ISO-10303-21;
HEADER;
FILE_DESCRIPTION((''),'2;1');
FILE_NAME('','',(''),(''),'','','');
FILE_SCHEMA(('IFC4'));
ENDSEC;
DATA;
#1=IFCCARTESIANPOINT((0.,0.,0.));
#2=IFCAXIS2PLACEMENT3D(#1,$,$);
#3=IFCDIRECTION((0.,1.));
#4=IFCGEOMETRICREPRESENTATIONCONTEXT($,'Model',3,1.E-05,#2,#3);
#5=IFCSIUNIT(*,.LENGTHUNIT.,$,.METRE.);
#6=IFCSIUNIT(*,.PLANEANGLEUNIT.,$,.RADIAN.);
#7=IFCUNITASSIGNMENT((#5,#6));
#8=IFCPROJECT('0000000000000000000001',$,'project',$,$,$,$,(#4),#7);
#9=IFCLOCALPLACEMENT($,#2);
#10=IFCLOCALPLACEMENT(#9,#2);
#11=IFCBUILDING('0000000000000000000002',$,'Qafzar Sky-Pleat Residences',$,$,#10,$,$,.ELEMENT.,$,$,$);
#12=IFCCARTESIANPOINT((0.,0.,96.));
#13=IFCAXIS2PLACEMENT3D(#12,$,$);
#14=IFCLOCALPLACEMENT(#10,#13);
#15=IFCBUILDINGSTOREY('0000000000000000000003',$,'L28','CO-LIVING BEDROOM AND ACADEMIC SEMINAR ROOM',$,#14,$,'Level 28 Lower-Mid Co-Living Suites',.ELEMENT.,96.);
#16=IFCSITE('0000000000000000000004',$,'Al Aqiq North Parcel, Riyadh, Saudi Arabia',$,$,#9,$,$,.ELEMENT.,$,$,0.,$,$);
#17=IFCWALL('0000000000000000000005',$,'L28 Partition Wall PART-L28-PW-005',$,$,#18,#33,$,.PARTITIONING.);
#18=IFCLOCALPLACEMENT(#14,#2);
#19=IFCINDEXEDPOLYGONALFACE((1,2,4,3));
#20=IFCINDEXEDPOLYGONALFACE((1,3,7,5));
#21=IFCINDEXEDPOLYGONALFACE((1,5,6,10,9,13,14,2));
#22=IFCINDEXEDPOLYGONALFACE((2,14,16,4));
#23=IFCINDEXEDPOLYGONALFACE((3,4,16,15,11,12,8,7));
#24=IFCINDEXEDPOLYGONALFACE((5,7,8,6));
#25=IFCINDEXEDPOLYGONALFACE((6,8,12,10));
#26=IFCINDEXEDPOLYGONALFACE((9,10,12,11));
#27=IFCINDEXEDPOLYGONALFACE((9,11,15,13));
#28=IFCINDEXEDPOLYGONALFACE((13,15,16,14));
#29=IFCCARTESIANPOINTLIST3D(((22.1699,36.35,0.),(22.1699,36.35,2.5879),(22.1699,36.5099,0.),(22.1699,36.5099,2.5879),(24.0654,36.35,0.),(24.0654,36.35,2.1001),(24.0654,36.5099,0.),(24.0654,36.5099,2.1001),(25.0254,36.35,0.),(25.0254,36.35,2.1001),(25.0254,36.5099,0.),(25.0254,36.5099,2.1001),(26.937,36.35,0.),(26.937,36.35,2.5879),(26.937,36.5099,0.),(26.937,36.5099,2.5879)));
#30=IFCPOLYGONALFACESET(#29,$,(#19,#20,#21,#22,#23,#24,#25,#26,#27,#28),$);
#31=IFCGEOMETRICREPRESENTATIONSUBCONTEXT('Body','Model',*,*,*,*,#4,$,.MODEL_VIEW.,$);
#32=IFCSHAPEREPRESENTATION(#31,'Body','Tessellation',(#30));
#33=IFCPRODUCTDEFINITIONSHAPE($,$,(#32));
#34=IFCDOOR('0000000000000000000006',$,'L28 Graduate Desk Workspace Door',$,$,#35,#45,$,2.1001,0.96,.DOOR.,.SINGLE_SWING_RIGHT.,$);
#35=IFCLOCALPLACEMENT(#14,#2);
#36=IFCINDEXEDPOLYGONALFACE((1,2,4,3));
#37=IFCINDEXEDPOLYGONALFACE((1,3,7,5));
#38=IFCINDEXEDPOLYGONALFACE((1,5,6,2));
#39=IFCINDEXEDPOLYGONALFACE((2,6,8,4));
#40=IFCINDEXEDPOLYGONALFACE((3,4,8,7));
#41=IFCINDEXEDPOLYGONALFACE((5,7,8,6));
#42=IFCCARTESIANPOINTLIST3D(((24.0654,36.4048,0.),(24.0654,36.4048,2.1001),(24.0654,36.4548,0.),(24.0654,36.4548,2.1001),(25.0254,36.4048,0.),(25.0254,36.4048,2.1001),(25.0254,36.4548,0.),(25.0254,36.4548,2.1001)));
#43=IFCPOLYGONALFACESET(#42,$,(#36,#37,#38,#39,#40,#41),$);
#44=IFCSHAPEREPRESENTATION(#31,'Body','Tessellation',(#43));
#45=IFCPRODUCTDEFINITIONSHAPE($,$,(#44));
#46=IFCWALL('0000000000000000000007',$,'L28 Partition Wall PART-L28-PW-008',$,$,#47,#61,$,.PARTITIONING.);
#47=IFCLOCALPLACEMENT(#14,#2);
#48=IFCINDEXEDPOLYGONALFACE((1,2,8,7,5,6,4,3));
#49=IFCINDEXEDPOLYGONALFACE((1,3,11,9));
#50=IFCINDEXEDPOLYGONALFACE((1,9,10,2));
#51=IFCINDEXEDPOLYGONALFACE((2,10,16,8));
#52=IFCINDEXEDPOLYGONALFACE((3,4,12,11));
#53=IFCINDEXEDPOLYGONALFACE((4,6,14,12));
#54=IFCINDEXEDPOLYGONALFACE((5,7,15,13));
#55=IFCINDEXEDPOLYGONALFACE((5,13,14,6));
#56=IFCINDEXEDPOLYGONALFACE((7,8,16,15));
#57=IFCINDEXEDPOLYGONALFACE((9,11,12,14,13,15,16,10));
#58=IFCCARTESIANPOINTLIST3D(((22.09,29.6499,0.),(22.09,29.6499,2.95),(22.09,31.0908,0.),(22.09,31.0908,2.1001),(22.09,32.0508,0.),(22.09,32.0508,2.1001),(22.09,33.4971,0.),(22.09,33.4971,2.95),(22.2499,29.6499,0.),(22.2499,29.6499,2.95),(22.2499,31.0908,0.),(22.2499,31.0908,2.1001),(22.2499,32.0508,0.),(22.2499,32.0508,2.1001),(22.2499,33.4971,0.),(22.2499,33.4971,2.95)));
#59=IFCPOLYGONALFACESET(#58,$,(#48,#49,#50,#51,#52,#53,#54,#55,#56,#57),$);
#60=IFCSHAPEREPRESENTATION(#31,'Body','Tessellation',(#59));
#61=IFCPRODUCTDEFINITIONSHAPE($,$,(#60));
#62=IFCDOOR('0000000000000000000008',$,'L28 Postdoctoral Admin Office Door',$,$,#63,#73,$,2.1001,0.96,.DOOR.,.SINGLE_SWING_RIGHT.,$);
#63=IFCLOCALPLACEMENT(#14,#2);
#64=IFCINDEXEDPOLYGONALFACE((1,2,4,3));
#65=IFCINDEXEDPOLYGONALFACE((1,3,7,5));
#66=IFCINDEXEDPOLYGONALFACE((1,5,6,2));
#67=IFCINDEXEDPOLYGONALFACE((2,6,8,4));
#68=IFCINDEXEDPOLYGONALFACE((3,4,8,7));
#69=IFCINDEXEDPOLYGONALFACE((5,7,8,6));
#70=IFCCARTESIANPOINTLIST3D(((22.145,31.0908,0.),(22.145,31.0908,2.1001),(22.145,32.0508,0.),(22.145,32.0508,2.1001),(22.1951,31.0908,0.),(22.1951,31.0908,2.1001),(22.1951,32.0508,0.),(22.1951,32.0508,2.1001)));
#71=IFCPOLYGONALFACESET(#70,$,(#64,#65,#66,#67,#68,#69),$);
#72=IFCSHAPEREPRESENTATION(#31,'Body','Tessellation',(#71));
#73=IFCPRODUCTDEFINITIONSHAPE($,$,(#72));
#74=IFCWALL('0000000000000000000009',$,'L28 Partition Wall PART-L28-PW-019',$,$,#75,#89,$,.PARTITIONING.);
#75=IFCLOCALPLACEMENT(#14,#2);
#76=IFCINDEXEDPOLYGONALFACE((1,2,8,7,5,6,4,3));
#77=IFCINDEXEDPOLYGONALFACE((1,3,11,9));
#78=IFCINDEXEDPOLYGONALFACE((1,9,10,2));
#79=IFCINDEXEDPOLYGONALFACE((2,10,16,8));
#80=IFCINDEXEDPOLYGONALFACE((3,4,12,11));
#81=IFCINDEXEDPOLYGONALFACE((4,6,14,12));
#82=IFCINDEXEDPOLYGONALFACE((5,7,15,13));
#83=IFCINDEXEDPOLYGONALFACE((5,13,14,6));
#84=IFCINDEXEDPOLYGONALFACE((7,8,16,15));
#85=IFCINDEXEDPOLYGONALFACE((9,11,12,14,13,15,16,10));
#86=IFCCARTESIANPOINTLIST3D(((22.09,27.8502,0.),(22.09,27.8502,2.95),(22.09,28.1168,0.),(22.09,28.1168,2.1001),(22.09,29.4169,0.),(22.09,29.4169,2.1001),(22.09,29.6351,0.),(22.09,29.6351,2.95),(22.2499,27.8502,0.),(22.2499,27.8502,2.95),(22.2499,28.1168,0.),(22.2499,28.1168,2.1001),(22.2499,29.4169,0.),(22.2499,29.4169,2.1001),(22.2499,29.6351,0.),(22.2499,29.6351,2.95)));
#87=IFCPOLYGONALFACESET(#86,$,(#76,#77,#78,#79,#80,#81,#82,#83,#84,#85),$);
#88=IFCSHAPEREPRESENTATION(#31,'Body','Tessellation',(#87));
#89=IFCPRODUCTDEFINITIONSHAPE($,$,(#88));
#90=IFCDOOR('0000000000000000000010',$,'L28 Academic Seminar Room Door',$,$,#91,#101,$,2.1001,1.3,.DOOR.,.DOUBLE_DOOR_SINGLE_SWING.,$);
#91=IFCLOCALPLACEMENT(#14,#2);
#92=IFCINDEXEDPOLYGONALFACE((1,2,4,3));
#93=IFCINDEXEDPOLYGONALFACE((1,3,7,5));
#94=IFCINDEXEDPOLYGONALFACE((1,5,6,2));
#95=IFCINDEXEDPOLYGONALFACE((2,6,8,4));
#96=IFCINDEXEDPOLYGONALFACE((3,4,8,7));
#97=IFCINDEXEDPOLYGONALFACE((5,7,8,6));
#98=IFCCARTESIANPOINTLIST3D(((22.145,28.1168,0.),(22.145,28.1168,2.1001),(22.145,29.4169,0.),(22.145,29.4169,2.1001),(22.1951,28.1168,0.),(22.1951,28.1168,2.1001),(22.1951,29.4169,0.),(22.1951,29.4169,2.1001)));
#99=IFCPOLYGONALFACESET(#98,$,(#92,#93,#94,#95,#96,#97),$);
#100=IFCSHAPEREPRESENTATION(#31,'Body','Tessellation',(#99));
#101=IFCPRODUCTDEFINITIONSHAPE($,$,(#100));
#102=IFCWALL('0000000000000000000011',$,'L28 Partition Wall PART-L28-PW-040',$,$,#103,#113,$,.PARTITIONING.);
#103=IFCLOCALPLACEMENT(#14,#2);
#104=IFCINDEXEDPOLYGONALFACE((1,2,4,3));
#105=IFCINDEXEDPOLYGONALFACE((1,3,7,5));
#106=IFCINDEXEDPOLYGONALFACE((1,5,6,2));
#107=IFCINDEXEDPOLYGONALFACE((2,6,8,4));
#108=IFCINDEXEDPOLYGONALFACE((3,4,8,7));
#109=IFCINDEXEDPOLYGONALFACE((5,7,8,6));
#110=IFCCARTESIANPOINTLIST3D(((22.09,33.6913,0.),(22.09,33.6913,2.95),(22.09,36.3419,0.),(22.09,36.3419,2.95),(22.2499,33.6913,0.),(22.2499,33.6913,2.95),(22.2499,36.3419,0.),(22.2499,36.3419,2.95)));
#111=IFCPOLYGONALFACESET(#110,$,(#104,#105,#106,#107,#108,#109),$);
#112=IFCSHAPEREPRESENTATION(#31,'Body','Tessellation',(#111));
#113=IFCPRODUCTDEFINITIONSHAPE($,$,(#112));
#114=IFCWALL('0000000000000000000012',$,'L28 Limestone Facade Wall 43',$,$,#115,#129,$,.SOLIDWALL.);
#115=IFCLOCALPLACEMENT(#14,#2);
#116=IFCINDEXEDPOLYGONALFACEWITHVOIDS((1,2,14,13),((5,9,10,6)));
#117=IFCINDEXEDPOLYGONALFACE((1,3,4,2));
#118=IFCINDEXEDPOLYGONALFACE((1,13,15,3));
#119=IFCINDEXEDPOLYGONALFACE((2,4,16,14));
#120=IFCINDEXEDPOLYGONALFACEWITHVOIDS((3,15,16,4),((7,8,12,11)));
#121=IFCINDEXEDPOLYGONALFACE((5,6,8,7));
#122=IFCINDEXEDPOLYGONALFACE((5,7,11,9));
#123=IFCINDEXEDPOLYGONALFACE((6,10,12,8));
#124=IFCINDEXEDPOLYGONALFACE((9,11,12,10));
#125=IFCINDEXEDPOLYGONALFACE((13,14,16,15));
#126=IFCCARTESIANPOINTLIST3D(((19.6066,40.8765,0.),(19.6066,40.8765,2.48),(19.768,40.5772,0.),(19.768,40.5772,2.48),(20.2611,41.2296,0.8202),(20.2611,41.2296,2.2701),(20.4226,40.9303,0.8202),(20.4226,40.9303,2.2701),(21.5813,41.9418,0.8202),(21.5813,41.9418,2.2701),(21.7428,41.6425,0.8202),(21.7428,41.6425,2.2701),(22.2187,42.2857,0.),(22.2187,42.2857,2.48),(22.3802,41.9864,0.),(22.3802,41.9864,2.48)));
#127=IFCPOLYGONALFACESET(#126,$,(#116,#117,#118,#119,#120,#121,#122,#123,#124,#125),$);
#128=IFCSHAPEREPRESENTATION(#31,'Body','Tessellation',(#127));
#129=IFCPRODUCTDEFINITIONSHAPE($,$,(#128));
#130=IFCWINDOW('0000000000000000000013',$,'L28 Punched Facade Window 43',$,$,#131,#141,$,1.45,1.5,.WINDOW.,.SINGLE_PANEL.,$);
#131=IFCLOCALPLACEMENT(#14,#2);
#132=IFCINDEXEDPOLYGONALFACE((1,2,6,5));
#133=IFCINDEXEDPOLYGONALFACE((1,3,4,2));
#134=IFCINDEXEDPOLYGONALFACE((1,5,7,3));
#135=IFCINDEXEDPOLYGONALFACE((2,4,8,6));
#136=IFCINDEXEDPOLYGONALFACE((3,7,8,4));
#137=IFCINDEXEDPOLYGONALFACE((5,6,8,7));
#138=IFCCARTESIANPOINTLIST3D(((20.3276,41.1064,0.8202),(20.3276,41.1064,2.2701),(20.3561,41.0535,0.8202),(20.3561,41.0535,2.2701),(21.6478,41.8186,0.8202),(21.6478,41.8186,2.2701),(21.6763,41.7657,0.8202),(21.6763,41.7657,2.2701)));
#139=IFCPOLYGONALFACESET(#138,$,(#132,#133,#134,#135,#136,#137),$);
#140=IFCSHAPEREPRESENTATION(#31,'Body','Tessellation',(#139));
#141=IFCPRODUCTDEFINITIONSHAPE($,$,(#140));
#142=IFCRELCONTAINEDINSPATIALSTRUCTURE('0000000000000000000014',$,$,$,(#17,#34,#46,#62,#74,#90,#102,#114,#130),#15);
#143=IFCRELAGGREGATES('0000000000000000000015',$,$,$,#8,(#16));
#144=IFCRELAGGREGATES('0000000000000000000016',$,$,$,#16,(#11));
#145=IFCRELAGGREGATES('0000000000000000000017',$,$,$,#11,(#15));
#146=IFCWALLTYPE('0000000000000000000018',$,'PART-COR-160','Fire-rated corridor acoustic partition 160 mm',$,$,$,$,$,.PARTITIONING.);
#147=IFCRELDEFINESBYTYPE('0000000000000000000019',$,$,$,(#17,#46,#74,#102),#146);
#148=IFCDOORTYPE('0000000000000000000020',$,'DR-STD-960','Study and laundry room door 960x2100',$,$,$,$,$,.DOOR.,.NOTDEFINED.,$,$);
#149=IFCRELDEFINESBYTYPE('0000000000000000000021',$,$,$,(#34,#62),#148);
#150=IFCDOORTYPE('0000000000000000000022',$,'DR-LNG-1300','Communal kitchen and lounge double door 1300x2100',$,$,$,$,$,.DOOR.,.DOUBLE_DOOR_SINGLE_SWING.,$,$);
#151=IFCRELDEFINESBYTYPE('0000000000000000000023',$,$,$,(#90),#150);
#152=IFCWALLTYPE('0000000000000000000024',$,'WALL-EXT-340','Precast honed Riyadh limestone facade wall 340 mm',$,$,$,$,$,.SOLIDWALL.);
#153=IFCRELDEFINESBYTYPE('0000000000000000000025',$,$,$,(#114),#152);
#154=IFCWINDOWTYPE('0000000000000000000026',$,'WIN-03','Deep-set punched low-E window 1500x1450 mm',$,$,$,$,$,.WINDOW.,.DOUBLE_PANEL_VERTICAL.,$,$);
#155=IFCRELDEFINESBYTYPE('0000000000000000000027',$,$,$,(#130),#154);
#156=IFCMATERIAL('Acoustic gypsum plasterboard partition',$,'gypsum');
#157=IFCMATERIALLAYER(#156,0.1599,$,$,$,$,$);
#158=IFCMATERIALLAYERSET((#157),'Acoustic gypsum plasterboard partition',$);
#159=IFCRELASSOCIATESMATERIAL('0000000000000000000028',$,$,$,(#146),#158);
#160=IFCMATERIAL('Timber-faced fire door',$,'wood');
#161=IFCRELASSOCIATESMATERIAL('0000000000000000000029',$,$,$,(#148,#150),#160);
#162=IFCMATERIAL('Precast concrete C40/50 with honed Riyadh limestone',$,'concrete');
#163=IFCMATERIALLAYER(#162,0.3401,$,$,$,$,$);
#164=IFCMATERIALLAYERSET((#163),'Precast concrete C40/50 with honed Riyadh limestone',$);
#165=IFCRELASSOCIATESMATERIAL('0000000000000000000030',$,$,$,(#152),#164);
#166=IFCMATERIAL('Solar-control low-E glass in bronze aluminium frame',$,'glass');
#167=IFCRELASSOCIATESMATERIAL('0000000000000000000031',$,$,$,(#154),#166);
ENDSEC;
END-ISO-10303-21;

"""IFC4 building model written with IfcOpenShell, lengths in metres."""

from ifc_helpers import new_model, si_unit, direction, frame, frame_2d, origin, place, context, subcontext, project, spatial, rectangle, extrude, source, transform, mapped, material, layer, layer_set, type_object, element, fill, save


model = new_model("IFC4")

# Units and contexts
model_context = context("Model", 3, precision=1e-05, world=origin(), true_north=direction((0.0, 1.0)))
body_context = subcontext(model_context, "Body", "Model", "MODEL_VIEW")
ifc_project = project(units=[si_unit("LENGTHUNIT", "METRE"), si_unit("PLANEANGLEUNIT", "RADIAN")], contexts=[model_context])

# Site, building, storey
site_placement = place(None, origin())
site = spatial("IfcSite", under=ifc_project, at=site_placement, Name="Al Aqiq North Parcel, Riyadh, Saudi Arabia", CompositionType="ELEMENT", RefElevation=0.0)
building_placement = place(site_placement, origin())
building = spatial("IfcBuilding", under=site, at=building_placement, Name="Qafzar Sky-Pleat Residences", CompositionType="ELEMENT")
storey_placement = place(building_placement, frame((0.0, 0.0, 96.0)))
storey = spatial("IfcBuildingStorey", under=building, at=storey_placement, Name="L28", Description="CO-LIVING BEDROOM AND ACADEMIC SEMINAR ROOM", LongName="Level 28 Lower-Mid Co-Living Suites", CompositionType="ELEMENT", Elevation=96.0)

# Walls, openings, doors
ifc_material_1 = material(Name="Acoustic gypsum plasterboard partition", Category="gypsum")
ifc_layer_1 = layer(ifc_material_1, 0.1599)
ifc_layer_set_1 = layer_set([ifc_layer_1], Name="Acoustic gypsum plasterboard partition")
wall_type_1 = type_object("IfcWallType", Name="PART-COR-160", Description="Fire-rated corridor acoustic partition 160 mm", PredefinedType="PARTITIONING", material=ifc_layer_set_1)
wall_1_placement = place(storey_placement, frame((22.1699, 36.4299, 0.0), z_axis=(0.0, 0.0, 1.0), x_axis=(1.0, 0.0, 0.0)))
wall_1 = element("IfcWall", 1, at=wall_1_placement, inside=storey, type_object=wall_type_1, Name="L28 Partition Wall PART-L28-PW-005", PredefinedType="PARTITIONING", context=body_context, shape_type="SweptSolid", body=[
    extrude(rectangle(XDim=4.7671, YDim=0.1599, at=frame_2d((2.3835, 0.0))), origin(), (0.0, 0.0, 1.0), 2.5879),
])
opening_1_placement = place(wall_1_placement, frame((1.8955, 0.0, 0.0)))
opening_1 = element("IfcOpeningElement", 2, at=opening_1_placement, cuts=wall_1, PredefinedType="OPENING", context=body_context, shape_type="SweptSolid", body=[
    extrude(rectangle(XDim=0.96, YDim=2.1001, at=frame_2d((0.48, 1.05))), frame((0.0, 0.0898, 0.0), z_axis=(0.0, -1.0, 0.0), x_axis=(1.0, 0.0, 0.0)), (0.0, 0.0, 1.0), 0.1799),
])
ifc_material_2 = material(Name="Timber-faced fire door", Category="wood")
door_type_1 = type_object("IfcDoorType", Name="DR-STD-960", Description="Study and laundry room door 960x2100", OperationType="NOTDEFINED", PredefinedType="DOOR", material=ifc_material_2)
shared_shape_1 = source(origin(), body_context, "Body", "SweptSolid", [
    extrude(rectangle(XDim=0.96, YDim=2.1001, at=frame_2d((0.48, 1.05))), frame((0.0, 0.0249, 0.0), z_axis=(0.0, -1.0, 0.0), x_axis=(1.0, 0.0, 0.0)), (0.0, 0.0, 1.0), 0.05),
])
door_1_placement = place(opening_1_placement, origin())
door_1 = element("IfcDoor", 3, at=door_1_placement, inside=storey, type_object=door_type_1, Name="L28 Graduate Desk Workspace Door", OperationType="SINGLE_SWING_RIGHT", OverallHeight=2.1001, OverallWidth=0.96, PredefinedType="DOOR", context=body_context, shape_type="MappedRepresentation", body=[
    mapped(shared_shape_1, transform((0.0, 0.0, 0.0), x_axis=(1.0, 0.0, 0.0), y_axis=(0.0, 1.0, 0.0), z_axis=(0.0, 0.0, 1.0), scale=1.0)),
])
fill(opening_1, door_1)
wall_2_placement = place(storey_placement, frame((22.1699, 29.6499, 0.0), z_axis=(0.0, 0.0, 1.0), x_axis=(0.0, 1.0, 0.0)))
wall_2 = element("IfcWall", 4, at=wall_2_placement, inside=storey, type_object=wall_type_1, Name="L28 Partition Wall PART-L28-PW-008", PredefinedType="PARTITIONING", context=body_context, shape_type="SweptSolid", body=[
    extrude(rectangle(XDim=3.8472, YDim=0.1599, at=frame_2d((1.9236, 0.0))), origin(), (0.0, 0.0, 1.0), 2.95),
])
opening_2_placement = place(wall_2_placement, frame((1.4409, 0.0, 0.0)))
opening_2 = element("IfcOpeningElement", 5, at=opening_2_placement, cuts=wall_2, PredefinedType="OPENING", context=body_context, shape_type="SweptSolid", body=[
    extrude(rectangle(XDim=0.96, YDim=2.1001, at=frame_2d((0.48, 1.05))), frame((0.0, 0.0898, 0.0), z_axis=(0.0, -1.0, 0.0), x_axis=(1.0, 0.0, 0.0)), (0.0, 0.0, 1.0), 0.1799),
])
door_2_placement = place(opening_2_placement, origin())
door_2 = element("IfcDoor", 6, at=door_2_placement, inside=storey, type_object=door_type_1, Name="L28 Postdoctoral Admin Office Door", OperationType="SINGLE_SWING_RIGHT", OverallHeight=2.1001, OverallWidth=0.96, PredefinedType="DOOR", context=body_context, shape_type="MappedRepresentation", body=[
    mapped(shared_shape_1, transform((0.0, 0.0, 0.0), x_axis=(1.0, 0.0, 0.0), y_axis=(0.0, 1.0, 0.0), z_axis=(0.0, 0.0, 1.0), scale=1.0)),
])
fill(opening_2, door_2)
wall_3_placement = place(storey_placement, frame((22.1699, 27.8501, 0.0), z_axis=(0.0, 0.0, 1.0), x_axis=(0.0, 1.0, 0.0)))
wall_3 = element("IfcWall", 7, at=wall_3_placement, inside=storey, type_object=wall_type_1, Name="L28 Partition Wall PART-L28-PW-019", PredefinedType="PARTITIONING", context=body_context, shape_type="SweptSolid", body=[
    extrude(rectangle(XDim=1.7849, YDim=0.1599, at=frame_2d((0.8926, 0.0))), origin(), (0.0, 0.0, 1.0), 2.95),
])
opening_3_placement = place(wall_3_placement, frame((0.2668, 0.0, 0.0)))
opening_3 = element("IfcOpeningElement", 8, at=opening_3_placement, cuts=wall_3, PredefinedType="OPENING", context=body_context, shape_type="SweptSolid", body=[
    extrude(rectangle(XDim=1.3, YDim=2.1001, at=frame_2d((0.6499, 1.05))), frame((0.0, 0.0898, 0.0), z_axis=(0.0, -1.0, 0.0), x_axis=(1.0, 0.0, 0.0)), (0.0, 0.0, 1.0), 0.1799),
])
door_type_2 = type_object("IfcDoorType", Name="DR-LNG-1300", Description="Communal kitchen and lounge double door 1300x2100", OperationType="DOUBLE_DOOR_SINGLE_SWING", PredefinedType="DOOR", material=ifc_material_2)
shared_shape_2 = source(origin(), body_context, "Body", "SweptSolid", [
    extrude(rectangle(XDim=1.3, YDim=2.1001, at=frame_2d((0.6499, 1.05))), frame((0.0, 0.0249, 0.0), z_axis=(0.0, -1.0, 0.0), x_axis=(1.0, 0.0, 0.0)), (0.0, 0.0, 1.0), 0.05),
])
door_3_placement = place(opening_3_placement, origin())
door_3 = element("IfcDoor", 9, at=door_3_placement, inside=storey, type_object=door_type_2, Name="L28 Academic Seminar Room Door", OperationType="DOUBLE_DOOR_SINGLE_SWING", OverallHeight=2.1001, OverallWidth=1.3, PredefinedType="DOOR", context=body_context, shape_type="MappedRepresentation", body=[
    mapped(shared_shape_2, transform((0.0, 0.0, 0.0), x_axis=(1.0, 0.0, 0.0), y_axis=(0.0, 1.0, 0.0), z_axis=(0.0, 0.0, 1.0), scale=1.0)),
])
fill(opening_3, door_3)

# Wall
wall_4_placement = place(storey_placement, frame((22.1699, 33.6914, 0.0), z_axis=(0.0, 0.0, 1.0), x_axis=(0.0, 1.0, 0.0)))
element("IfcWall", 10, at=wall_4_placement, inside=storey, type_object=wall_type_1, Name="L28 Partition Wall PART-L28-PW-040", PredefinedType="PARTITIONING", context=body_context, shape_type="SweptSolid", body=[
    extrude(rectangle(XDim=2.6506, YDim=0.1599, at=frame_2d((1.3252, 0.0))), origin(), (0.0, 0.0, 1.0), 2.95),
])

# Wall, opening, window
ifc_material_3 = material(Name="Precast concrete C40/50 with honed Riyadh limestone", Category="concrete")
ifc_layer_2 = layer(ifc_material_3, 0.3401)
ifc_layer_set_2 = layer_set([ifc_layer_2], Name="Precast concrete C40/50 with honed Riyadh limestone")
wall_type_2 = type_object("IfcWallType", Name="WALL-EXT-340", Description="Precast honed Riyadh limestone facade wall 340 mm", PredefinedType="SOLIDWALL", material=ifc_layer_set_2)
wall_5_placement = place(storey_placement, frame((22.2993, 42.136, 0.0), z_axis=(0.0, 0.0, 1.0), x_axis=(-0.880093, -0.474801, 0.0)))
wall_5 = element("IfcWall", 11, at=wall_5_placement, inside=storey, type_object=wall_type_2, Name="L28 Limestone Facade Wall 43", PredefinedType="SOLIDWALL", context=body_context, shape_type="SweptSolid", body=[
    extrude(rectangle(XDim=2.968, YDim=0.3401, at=frame_2d((1.4839, 0.0))), origin(), (0.0, 0.0, 1.0), 2.48),
])
opening_4_placement = place(wall_5_placement, frame((0.7241, 0.0, 0.8201)))
opening_4 = element("IfcOpeningElement", 12, at=opening_4_placement, cuts=wall_5, PredefinedType="OPENING", context=body_context, shape_type="SweptSolid", body=[
    extrude(rectangle(XDim=1.5, YDim=1.45, at=frame_2d((0.75, 0.7251))), frame((0.0, 0.1802, 0.0), z_axis=(0.0, -1.0, 0.0), x_axis=(1.0, 0.0, 0.0)), (0.0, 0.0, 1.0), 0.3601),
])
ifc_material_4 = material(Name="Solar-control low-E glass in bronze aluminium frame", Category="glass")
window_type_1 = type_object("IfcWindowType", Name="WIN-03", Description="Deep-set punched low-E window 1500x1450 mm", PartitioningType="DOUBLE_PANEL_VERTICAL", PredefinedType="WINDOW", material=ifc_material_4)
shared_shape_3 = source(origin(), body_context, "Body", "SweptSolid", [
    extrude(rectangle(XDim=1.5, YDim=1.45, at=frame_2d((0.75, 0.7251))), frame((0.0, 0.03, 0.0), z_axis=(0.0, -1.0, 0.0), x_axis=(1.0, 0.0, 0.0)), (0.0, 0.0, 1.0), 0.0601),
])
window_1_placement = place(opening_4_placement, origin())
window_1 = element("IfcWindow", 13, at=window_1_placement, inside=storey, type_object=window_type_1, Name="L28 Punched Facade Window 43", OverallHeight=1.45, OverallWidth=1.5, PartitioningType="SINGLE_PANEL", PredefinedType="WINDOW", context=body_context, shape_type="MappedRepresentation", body=[
    mapped(shared_shape_3, transform((0.0, 0.0, 0.0), x_axis=(1.0, 0.0, 0.0), y_axis=(0.0, 1.0, 0.0), z_axis=(0.0, 0.0, 1.0), scale=1.0)),
])
fill(opening_4, window_1)

save(model, "model.ifc")
